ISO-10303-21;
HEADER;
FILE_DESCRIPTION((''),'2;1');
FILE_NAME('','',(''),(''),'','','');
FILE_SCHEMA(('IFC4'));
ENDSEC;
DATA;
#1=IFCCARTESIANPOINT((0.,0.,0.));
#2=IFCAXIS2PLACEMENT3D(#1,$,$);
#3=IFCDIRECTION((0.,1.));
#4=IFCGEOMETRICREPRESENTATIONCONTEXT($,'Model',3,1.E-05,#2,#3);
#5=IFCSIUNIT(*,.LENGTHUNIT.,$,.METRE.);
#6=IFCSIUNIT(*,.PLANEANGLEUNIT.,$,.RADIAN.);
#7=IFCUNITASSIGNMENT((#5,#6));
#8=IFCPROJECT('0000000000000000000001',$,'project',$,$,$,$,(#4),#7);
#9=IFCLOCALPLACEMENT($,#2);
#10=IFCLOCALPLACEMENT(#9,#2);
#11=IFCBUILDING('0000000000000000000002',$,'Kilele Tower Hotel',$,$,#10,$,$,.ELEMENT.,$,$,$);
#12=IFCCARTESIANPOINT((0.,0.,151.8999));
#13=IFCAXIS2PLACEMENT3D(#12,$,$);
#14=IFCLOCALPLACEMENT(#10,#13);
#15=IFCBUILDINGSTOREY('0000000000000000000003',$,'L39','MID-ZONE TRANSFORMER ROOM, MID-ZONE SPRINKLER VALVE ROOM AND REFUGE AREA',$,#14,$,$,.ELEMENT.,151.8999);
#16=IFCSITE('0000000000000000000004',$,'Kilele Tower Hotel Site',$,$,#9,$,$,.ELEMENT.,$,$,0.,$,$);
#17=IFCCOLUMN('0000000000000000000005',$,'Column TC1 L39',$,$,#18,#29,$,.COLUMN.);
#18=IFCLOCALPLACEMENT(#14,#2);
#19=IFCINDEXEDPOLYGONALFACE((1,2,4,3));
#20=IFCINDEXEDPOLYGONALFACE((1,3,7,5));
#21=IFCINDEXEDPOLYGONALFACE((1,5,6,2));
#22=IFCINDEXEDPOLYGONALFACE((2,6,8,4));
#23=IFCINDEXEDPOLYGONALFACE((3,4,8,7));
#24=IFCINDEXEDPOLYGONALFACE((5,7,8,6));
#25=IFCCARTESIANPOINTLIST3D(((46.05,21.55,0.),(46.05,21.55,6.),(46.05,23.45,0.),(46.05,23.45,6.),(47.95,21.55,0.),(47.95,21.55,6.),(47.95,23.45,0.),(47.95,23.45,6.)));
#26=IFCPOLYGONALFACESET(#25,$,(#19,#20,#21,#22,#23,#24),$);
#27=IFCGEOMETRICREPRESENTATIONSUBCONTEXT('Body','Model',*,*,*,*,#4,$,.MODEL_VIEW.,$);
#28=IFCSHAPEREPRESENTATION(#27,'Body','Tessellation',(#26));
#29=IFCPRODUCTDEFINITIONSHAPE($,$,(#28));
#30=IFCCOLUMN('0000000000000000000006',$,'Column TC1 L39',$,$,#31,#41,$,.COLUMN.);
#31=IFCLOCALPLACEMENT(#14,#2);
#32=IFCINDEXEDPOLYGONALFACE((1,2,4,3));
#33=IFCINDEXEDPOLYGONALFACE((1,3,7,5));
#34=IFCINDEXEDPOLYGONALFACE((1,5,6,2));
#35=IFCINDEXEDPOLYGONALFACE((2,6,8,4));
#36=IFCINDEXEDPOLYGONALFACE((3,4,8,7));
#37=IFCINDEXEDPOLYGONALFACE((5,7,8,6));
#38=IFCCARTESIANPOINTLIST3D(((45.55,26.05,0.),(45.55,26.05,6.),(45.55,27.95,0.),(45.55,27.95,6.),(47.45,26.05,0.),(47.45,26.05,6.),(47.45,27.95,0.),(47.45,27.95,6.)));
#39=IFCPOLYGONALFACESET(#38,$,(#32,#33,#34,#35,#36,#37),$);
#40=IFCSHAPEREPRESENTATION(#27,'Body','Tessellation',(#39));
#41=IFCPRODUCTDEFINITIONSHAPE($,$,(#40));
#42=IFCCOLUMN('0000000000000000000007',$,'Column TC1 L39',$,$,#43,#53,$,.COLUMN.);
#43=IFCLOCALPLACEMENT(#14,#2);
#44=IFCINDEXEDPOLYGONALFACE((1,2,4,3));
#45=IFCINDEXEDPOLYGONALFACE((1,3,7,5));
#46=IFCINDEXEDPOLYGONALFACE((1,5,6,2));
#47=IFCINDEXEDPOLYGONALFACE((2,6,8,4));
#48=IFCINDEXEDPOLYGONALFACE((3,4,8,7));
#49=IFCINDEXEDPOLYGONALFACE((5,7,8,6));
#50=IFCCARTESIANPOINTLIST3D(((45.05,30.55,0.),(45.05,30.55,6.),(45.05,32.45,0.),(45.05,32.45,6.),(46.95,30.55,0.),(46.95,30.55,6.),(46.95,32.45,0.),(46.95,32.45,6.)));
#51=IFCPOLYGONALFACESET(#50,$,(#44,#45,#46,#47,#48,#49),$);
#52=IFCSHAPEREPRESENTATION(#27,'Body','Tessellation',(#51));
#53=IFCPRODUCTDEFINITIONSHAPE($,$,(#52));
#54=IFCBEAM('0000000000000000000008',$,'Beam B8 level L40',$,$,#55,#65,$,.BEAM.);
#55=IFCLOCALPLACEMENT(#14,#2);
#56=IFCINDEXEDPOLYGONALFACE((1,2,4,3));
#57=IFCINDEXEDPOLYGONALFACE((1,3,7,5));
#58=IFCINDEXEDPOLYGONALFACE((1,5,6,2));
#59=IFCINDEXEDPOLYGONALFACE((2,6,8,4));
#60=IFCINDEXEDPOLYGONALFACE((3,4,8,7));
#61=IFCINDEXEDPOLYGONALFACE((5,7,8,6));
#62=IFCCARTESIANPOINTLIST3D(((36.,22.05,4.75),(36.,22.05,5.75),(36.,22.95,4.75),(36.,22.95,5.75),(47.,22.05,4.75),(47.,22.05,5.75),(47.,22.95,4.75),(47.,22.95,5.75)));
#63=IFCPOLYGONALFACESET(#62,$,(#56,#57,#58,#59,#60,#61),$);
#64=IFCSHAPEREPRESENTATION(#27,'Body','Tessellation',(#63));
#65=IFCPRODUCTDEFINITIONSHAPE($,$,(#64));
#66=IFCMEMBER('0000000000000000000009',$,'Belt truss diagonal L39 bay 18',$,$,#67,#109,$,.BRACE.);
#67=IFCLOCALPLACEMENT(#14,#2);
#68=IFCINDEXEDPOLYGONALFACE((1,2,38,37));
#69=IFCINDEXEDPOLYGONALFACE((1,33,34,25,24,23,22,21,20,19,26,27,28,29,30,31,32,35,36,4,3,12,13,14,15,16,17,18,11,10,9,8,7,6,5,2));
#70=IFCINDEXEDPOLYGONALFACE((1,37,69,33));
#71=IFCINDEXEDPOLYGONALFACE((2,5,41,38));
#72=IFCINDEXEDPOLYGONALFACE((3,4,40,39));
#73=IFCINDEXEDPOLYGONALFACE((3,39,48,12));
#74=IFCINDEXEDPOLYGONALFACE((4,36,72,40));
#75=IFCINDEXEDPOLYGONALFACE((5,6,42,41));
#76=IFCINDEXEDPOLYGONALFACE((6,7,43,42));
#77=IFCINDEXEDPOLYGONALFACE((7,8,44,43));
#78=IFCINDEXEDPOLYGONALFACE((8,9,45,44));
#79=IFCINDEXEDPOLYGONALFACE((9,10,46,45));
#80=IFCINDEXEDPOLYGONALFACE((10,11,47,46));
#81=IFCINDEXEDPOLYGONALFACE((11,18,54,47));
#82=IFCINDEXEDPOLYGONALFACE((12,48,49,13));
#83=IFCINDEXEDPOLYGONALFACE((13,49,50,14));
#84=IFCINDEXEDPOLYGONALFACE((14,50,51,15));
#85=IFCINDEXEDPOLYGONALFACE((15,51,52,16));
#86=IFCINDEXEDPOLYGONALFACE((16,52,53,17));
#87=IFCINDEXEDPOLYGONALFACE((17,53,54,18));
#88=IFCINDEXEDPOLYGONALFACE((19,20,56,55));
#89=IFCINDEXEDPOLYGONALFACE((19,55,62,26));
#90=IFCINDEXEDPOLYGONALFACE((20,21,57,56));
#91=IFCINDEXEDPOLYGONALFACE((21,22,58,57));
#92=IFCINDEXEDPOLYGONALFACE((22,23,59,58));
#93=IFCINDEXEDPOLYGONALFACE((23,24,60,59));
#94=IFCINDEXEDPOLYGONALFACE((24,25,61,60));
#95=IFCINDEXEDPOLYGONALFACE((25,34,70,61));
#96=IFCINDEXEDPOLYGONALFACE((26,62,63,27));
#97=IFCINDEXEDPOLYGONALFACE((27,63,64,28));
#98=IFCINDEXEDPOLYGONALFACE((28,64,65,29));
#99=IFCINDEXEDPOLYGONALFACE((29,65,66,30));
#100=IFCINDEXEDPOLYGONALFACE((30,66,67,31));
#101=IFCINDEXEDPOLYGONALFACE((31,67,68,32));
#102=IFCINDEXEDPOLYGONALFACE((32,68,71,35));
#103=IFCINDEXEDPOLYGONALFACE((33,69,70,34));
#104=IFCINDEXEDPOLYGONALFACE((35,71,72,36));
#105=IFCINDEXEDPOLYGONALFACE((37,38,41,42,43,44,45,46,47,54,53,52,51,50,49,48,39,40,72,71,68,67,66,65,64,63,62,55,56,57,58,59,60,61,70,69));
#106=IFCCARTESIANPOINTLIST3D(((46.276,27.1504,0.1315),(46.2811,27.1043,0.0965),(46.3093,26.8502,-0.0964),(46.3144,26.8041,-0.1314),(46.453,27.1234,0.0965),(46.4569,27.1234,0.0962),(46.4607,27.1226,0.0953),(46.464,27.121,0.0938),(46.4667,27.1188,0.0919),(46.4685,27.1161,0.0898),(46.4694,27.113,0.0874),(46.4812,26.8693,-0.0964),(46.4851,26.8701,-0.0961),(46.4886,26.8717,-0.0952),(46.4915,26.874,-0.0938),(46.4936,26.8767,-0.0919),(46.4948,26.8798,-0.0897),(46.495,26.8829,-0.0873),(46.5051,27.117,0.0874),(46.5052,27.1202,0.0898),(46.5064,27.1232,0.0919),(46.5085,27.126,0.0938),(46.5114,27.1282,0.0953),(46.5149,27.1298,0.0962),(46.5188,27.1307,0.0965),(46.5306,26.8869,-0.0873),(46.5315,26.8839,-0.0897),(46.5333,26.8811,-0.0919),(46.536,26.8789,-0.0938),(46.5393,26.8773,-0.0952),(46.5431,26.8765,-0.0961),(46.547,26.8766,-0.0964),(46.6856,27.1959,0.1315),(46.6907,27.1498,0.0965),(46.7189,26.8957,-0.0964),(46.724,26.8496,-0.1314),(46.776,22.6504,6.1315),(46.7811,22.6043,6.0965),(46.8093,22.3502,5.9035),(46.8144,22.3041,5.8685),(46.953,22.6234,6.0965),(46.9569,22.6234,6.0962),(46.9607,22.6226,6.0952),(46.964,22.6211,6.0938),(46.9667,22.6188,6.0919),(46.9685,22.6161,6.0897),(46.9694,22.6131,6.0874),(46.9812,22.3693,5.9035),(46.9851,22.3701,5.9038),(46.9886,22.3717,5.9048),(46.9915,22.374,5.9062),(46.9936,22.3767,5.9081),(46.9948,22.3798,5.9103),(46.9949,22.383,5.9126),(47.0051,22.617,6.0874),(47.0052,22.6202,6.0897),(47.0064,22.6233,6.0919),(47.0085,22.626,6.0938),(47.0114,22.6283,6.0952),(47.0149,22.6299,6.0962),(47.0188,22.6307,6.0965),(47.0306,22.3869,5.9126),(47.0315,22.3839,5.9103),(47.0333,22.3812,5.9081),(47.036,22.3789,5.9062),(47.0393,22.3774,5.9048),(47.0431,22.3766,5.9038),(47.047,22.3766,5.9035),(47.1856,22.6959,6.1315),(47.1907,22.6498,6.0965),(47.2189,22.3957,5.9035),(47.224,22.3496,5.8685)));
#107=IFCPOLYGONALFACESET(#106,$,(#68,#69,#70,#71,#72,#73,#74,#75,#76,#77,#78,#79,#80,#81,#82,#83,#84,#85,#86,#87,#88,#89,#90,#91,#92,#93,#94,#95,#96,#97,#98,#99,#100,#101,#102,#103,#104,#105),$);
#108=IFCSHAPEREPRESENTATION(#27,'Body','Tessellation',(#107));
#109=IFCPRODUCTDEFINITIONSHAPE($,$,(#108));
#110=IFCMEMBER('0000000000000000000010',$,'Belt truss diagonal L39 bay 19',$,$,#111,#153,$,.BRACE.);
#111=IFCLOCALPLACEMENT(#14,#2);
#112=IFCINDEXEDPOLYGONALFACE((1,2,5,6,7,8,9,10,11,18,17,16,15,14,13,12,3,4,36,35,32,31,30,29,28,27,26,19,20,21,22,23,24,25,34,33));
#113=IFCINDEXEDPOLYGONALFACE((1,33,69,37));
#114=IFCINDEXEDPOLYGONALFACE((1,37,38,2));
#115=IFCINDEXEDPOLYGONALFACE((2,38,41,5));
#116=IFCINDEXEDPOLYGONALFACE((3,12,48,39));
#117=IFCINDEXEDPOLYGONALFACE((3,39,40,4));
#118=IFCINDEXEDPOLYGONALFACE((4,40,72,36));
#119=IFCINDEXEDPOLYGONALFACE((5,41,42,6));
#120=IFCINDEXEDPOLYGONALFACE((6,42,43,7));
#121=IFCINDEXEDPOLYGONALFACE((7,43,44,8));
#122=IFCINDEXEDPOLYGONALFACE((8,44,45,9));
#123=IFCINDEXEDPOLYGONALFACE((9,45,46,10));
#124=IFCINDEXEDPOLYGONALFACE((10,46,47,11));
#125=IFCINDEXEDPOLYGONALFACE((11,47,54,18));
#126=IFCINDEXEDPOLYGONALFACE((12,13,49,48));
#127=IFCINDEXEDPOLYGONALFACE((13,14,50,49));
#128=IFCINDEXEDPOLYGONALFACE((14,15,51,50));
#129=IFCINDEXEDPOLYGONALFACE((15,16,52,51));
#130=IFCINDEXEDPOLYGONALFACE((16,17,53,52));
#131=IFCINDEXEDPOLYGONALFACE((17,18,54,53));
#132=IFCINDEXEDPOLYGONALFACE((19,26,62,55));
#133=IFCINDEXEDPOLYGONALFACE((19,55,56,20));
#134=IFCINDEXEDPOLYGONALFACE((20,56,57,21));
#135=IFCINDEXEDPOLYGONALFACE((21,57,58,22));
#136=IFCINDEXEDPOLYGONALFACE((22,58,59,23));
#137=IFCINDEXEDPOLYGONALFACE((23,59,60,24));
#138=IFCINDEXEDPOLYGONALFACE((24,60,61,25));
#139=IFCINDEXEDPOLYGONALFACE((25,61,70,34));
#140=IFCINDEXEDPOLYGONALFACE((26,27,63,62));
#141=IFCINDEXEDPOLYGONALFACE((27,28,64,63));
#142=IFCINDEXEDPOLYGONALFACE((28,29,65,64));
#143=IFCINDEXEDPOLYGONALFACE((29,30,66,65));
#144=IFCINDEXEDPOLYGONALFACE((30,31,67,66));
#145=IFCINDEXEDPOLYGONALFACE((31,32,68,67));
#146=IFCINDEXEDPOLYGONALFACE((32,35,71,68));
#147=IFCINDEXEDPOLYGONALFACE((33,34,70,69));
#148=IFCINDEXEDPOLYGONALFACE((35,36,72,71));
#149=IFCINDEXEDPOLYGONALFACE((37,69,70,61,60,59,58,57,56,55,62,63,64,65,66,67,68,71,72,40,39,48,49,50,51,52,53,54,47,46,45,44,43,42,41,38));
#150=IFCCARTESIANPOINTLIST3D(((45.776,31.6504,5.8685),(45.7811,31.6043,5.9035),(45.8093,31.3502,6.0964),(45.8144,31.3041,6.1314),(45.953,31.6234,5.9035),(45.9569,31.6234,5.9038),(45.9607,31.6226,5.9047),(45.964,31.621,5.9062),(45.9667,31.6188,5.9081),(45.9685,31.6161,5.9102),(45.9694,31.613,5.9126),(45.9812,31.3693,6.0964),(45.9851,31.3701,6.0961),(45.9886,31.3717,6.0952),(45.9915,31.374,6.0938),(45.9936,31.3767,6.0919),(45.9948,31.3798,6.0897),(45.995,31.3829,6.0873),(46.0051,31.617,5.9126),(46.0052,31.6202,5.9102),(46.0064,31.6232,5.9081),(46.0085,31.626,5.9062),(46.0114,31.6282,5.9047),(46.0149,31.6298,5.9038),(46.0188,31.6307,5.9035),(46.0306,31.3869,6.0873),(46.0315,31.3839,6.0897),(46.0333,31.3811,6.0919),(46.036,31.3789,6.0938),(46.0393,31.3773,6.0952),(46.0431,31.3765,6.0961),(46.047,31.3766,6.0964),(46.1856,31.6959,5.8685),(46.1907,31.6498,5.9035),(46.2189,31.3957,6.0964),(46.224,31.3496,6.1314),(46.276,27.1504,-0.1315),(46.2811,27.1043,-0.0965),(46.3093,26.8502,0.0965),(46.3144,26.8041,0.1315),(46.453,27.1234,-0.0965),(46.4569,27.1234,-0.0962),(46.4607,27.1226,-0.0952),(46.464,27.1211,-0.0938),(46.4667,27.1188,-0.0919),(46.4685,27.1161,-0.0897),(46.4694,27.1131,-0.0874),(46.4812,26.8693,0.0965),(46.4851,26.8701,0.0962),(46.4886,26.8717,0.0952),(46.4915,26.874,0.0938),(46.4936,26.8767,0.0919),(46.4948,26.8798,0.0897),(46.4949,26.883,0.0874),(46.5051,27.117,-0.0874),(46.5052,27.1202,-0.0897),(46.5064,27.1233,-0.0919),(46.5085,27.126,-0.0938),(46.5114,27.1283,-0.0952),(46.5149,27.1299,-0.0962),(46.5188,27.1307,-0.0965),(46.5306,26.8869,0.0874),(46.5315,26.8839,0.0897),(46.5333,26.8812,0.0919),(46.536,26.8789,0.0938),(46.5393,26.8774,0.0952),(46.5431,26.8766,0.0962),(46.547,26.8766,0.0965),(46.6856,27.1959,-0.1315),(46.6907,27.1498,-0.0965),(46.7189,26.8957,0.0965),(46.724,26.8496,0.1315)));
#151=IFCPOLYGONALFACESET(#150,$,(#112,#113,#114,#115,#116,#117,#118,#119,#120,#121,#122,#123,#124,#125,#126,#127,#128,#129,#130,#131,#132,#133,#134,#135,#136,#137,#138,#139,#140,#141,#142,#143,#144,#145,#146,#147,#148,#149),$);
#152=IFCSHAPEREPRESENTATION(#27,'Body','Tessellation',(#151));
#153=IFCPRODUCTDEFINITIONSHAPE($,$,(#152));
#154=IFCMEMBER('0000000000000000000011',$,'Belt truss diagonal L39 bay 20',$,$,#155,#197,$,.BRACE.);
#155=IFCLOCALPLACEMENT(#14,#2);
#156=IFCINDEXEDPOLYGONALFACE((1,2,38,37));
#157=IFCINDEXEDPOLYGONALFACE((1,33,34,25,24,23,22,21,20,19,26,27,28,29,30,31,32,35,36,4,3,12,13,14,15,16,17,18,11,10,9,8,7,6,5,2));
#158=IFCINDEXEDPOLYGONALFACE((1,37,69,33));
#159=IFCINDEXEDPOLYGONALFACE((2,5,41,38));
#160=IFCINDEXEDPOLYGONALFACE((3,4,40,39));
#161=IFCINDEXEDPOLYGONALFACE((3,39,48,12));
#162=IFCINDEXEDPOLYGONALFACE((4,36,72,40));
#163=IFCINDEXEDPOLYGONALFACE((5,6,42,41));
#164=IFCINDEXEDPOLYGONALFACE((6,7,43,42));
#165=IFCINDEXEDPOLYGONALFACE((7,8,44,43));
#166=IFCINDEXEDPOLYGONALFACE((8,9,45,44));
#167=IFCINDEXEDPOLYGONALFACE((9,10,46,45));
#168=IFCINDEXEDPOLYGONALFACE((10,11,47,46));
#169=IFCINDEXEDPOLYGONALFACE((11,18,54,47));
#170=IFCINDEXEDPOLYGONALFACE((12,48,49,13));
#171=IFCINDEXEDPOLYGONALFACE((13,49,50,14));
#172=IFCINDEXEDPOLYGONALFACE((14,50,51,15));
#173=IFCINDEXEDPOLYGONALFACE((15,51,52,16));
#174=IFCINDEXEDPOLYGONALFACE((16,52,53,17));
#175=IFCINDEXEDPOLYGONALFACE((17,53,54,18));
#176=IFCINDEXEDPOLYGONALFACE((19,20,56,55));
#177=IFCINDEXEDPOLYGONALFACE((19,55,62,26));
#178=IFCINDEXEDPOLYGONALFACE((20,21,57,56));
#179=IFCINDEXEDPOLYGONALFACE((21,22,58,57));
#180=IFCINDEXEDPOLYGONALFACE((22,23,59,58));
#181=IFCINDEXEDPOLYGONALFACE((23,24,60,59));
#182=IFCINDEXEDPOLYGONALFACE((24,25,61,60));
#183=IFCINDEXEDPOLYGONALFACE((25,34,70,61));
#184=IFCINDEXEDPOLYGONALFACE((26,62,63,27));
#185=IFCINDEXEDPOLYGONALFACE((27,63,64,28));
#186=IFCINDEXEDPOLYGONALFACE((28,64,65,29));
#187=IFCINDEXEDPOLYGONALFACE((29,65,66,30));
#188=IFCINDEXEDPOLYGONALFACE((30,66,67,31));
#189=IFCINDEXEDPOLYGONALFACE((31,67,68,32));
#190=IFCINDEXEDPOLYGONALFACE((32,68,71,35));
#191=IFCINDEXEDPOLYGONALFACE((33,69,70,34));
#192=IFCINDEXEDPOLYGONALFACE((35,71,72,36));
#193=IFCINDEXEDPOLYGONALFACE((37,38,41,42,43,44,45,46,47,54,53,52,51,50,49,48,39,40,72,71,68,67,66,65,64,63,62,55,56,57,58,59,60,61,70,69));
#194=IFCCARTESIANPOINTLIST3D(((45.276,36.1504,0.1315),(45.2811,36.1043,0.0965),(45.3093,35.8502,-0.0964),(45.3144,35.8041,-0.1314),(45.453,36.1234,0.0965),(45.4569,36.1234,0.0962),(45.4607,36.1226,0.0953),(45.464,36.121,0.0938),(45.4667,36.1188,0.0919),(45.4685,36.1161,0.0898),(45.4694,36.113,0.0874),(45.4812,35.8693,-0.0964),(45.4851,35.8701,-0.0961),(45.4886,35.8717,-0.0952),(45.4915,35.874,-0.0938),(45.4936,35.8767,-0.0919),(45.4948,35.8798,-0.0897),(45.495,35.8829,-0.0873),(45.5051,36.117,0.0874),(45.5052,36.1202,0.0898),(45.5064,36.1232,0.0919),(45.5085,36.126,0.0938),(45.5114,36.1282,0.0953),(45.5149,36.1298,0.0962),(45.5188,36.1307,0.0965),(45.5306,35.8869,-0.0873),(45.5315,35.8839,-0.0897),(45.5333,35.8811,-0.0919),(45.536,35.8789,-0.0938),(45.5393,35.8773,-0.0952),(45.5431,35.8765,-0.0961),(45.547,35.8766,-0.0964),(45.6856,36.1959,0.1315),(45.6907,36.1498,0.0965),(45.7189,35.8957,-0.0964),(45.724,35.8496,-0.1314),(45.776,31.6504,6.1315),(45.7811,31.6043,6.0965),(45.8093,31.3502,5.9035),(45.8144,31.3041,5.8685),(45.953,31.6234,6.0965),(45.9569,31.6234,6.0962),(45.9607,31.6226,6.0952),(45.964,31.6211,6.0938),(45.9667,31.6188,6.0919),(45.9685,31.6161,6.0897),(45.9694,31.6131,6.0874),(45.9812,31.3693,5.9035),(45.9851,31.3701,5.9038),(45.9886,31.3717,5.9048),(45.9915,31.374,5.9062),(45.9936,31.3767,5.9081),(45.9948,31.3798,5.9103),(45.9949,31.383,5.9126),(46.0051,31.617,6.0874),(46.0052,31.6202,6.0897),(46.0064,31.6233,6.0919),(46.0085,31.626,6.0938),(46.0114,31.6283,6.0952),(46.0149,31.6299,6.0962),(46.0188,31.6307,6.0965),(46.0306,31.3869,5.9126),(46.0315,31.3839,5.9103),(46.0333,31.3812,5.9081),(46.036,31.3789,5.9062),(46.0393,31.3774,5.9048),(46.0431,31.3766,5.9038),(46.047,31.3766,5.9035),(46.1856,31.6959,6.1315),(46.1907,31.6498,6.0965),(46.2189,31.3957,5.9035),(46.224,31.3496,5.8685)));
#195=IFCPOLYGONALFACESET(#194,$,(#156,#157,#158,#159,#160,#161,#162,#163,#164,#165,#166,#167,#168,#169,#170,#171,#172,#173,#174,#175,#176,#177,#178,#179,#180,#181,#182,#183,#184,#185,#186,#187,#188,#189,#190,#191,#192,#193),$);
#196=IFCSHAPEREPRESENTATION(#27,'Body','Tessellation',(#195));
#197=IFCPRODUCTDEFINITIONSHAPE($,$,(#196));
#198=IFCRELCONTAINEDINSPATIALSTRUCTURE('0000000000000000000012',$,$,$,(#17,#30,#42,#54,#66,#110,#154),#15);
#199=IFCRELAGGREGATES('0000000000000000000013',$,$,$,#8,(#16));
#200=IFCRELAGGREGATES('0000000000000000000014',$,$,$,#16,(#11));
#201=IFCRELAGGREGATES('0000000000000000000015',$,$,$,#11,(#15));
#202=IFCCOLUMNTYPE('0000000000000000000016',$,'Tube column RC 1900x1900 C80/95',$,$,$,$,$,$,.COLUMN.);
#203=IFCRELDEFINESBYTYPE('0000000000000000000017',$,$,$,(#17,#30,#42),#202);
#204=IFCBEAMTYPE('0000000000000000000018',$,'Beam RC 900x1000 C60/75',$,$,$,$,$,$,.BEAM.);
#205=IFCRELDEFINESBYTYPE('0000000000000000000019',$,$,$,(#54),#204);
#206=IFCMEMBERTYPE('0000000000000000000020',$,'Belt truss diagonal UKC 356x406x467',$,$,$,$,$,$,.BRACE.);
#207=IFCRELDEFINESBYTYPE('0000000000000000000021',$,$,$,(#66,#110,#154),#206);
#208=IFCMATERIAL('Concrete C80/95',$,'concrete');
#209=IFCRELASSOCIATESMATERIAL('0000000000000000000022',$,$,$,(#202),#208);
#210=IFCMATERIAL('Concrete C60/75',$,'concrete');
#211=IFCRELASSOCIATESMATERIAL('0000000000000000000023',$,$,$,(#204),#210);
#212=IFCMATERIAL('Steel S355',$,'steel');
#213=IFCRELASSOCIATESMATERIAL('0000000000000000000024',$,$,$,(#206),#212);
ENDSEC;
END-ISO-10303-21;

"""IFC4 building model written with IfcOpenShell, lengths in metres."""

from ifc_helpers import new_model, si_unit, direction, frame, origin, origin_2d, place, context, subcontext, project, spatial, rectangle, i_section, extrude, material, material_profile, profile_set, type_object, element, save


model = new_model("IFC4")

# Units and contexts
model_context = context("Model", 3, precision=1e-05, world=origin(), true_north=direction((0.0, 1.0)))
body_context = subcontext(model_context, "Body", "Model", "MODEL_VIEW")
ifc_project = project(units=[si_unit("LENGTHUNIT", "METRE"), si_unit("PLANEANGLEUNIT", "RADIAN")], contexts=[model_context])

# Site, building, storey
site_placement = place(None, origin())
site = spatial("IfcSite", under=ifc_project, at=site_placement, Name="Kilele Tower Hotel Site", CompositionType="ELEMENT", RefElevation=0.0)
building_placement = place(site_placement, origin())
building = spatial("IfcBuilding", under=site, at=building_placement, Name="Kilele Tower Hotel", CompositionType="ELEMENT")
storey_placement = place(building_placement, frame((0.0, 0.0, 151.8999)))
storey = spatial("IfcBuildingStorey", under=building, at=storey_placement, Name="L39", Description="MID-ZONE TRANSFORMER ROOM, MID-ZONE SPRINKLER VALVE ROOM AND REFUGE AREA", CompositionType="ELEMENT", Elevation=151.8999)

# Columns
ifc_material_1 = material(Name="Concrete C80/95", Category="concrete")
ifc_material_profile_1 = material_profile(ifc_material_1, rectangle(XDim=1.8999, YDim=1.8999, at=origin_2d()))
ifc_profile_set_1 = profile_set([ifc_material_profile_1], Name="Concrete C80/95")
column_type = type_object("IfcColumnType", Name="Tube column RC 1900x1900 C80/95", PredefinedType="COLUMN", material=ifc_profile_set_1)
for number, where, z_axis, x_axis, name in (
    (1, (47.0, 22.5, 0.0), (0.0, 0.0, 1.0), (1.0, 0.0, 0.0), "Column TC1 L39"),
    (2, (46.5, 27.0, 0.0), (0.0, 0.0, 1.0), (1.0, 0.0, 0.0), "Column TC1 L39"),
    (3, (46.0, 31.5, 0.0), (0.0, 0.0, 1.0), (1.0, 0.0, 0.0), "Column TC1 L39"),
):
    element("IfcColumn", number, at=place(storey_placement, frame(where, z_axis=z_axis, x_axis=x_axis)), inside=storey, type_object=column_type, Name=name, PredefinedType="COLUMN", context=body_context, shape_type="SweptSolid", body=[
        extrude(rectangle(XDim=1.8999, YDim=1.8999, at=origin_2d()), origin(), (0.0, 0.0, 1.0), 6.0),
    ])

# Beam
ifc_material_2 = material(Name="Concrete C60/75", Category="concrete")
ifc_material_profile_2 = material_profile(ifc_material_2, rectangle(XDim=0.8999, YDim=1.0, at=origin_2d()))
ifc_profile_set_2 = profile_set([ifc_material_profile_2], Name="Concrete C60/75")
beam_type_1 = type_object("IfcBeamType", Name="Beam RC 900x1000 C60/75", PredefinedType="BEAM", material=ifc_profile_set_2)
beam_1_placement = place(storey_placement, frame((47.0, 22.5, 5.25), z_axis=(-1.0, 0.0, 0.0), x_axis=(0.0, -1.0, 0.0)))
element("IfcBeam", 4, at=beam_1_placement, inside=storey, type_object=beam_type_1, Name="Beam B8 level L40", PredefinedType="BEAM", context=body_context, shape_type="SweptSolid", body=[
    extrude(rectangle(XDim=0.8999, YDim=1.0, at=origin_2d()), origin(), (0.0, 0.0, 1.0), 11.0),
])

# Members
ifc_material_3 = material(Name="Steel S355", Category="steel")
ifc_material_profile_3 = material_profile(ifc_material_3, i_section(OverallWidth=0.4121, OverallDepth=0.4365, WebThickness=0.0359, FlangeThickness=0.0581, FilletRadius=0.0151, at=origin_2d()))
ifc_profile_set_3 = profile_set([ifc_material_profile_3], Name="Steel S355")
member_type = type_object("IfcMemberType", Name="Belt truss diagonal UKC 356x406x467", PredefinedType="BRACE", material=ifc_profile_set_3)
for number, where, z_axis, x_axis, name in (
    (5, (47.0, 22.5, 6.0), (-0.066519, 0.598671, -0.798228), (-0.993884, -0.110432, 0.0), "Belt truss diagonal L39 bay 18"),
    (6, (46.5, 27.0, 0.0), (-0.066519, 0.598671, 0.798228), (-0.993884, -0.110432, 0.0), "Belt truss diagonal L39 bay 19"),
    (7, (46.0, 31.5, 6.0), (-0.066519, 0.598671, -0.798228), (-0.993884, -0.110432, 0.0), "Belt truss diagonal L39 bay 20"),
):
    element("IfcMember", number, at=place(storey_placement, frame(where, z_axis=z_axis, x_axis=x_axis)), inside=storey, type_object=member_type, Name=name, PredefinedType="BRACE", context=body_context, shape_type="SweptSolid", body=[
        extrude(i_section(OverallWidth=0.4121, OverallDepth=0.4365, WebThickness=0.0359, FlangeThickness=0.0581, FilletRadius=0.0151, at=origin_2d()), origin(), (0.0, 0.0, 1.0), 7.5166),
    ])

save(model, "model.ifc")
